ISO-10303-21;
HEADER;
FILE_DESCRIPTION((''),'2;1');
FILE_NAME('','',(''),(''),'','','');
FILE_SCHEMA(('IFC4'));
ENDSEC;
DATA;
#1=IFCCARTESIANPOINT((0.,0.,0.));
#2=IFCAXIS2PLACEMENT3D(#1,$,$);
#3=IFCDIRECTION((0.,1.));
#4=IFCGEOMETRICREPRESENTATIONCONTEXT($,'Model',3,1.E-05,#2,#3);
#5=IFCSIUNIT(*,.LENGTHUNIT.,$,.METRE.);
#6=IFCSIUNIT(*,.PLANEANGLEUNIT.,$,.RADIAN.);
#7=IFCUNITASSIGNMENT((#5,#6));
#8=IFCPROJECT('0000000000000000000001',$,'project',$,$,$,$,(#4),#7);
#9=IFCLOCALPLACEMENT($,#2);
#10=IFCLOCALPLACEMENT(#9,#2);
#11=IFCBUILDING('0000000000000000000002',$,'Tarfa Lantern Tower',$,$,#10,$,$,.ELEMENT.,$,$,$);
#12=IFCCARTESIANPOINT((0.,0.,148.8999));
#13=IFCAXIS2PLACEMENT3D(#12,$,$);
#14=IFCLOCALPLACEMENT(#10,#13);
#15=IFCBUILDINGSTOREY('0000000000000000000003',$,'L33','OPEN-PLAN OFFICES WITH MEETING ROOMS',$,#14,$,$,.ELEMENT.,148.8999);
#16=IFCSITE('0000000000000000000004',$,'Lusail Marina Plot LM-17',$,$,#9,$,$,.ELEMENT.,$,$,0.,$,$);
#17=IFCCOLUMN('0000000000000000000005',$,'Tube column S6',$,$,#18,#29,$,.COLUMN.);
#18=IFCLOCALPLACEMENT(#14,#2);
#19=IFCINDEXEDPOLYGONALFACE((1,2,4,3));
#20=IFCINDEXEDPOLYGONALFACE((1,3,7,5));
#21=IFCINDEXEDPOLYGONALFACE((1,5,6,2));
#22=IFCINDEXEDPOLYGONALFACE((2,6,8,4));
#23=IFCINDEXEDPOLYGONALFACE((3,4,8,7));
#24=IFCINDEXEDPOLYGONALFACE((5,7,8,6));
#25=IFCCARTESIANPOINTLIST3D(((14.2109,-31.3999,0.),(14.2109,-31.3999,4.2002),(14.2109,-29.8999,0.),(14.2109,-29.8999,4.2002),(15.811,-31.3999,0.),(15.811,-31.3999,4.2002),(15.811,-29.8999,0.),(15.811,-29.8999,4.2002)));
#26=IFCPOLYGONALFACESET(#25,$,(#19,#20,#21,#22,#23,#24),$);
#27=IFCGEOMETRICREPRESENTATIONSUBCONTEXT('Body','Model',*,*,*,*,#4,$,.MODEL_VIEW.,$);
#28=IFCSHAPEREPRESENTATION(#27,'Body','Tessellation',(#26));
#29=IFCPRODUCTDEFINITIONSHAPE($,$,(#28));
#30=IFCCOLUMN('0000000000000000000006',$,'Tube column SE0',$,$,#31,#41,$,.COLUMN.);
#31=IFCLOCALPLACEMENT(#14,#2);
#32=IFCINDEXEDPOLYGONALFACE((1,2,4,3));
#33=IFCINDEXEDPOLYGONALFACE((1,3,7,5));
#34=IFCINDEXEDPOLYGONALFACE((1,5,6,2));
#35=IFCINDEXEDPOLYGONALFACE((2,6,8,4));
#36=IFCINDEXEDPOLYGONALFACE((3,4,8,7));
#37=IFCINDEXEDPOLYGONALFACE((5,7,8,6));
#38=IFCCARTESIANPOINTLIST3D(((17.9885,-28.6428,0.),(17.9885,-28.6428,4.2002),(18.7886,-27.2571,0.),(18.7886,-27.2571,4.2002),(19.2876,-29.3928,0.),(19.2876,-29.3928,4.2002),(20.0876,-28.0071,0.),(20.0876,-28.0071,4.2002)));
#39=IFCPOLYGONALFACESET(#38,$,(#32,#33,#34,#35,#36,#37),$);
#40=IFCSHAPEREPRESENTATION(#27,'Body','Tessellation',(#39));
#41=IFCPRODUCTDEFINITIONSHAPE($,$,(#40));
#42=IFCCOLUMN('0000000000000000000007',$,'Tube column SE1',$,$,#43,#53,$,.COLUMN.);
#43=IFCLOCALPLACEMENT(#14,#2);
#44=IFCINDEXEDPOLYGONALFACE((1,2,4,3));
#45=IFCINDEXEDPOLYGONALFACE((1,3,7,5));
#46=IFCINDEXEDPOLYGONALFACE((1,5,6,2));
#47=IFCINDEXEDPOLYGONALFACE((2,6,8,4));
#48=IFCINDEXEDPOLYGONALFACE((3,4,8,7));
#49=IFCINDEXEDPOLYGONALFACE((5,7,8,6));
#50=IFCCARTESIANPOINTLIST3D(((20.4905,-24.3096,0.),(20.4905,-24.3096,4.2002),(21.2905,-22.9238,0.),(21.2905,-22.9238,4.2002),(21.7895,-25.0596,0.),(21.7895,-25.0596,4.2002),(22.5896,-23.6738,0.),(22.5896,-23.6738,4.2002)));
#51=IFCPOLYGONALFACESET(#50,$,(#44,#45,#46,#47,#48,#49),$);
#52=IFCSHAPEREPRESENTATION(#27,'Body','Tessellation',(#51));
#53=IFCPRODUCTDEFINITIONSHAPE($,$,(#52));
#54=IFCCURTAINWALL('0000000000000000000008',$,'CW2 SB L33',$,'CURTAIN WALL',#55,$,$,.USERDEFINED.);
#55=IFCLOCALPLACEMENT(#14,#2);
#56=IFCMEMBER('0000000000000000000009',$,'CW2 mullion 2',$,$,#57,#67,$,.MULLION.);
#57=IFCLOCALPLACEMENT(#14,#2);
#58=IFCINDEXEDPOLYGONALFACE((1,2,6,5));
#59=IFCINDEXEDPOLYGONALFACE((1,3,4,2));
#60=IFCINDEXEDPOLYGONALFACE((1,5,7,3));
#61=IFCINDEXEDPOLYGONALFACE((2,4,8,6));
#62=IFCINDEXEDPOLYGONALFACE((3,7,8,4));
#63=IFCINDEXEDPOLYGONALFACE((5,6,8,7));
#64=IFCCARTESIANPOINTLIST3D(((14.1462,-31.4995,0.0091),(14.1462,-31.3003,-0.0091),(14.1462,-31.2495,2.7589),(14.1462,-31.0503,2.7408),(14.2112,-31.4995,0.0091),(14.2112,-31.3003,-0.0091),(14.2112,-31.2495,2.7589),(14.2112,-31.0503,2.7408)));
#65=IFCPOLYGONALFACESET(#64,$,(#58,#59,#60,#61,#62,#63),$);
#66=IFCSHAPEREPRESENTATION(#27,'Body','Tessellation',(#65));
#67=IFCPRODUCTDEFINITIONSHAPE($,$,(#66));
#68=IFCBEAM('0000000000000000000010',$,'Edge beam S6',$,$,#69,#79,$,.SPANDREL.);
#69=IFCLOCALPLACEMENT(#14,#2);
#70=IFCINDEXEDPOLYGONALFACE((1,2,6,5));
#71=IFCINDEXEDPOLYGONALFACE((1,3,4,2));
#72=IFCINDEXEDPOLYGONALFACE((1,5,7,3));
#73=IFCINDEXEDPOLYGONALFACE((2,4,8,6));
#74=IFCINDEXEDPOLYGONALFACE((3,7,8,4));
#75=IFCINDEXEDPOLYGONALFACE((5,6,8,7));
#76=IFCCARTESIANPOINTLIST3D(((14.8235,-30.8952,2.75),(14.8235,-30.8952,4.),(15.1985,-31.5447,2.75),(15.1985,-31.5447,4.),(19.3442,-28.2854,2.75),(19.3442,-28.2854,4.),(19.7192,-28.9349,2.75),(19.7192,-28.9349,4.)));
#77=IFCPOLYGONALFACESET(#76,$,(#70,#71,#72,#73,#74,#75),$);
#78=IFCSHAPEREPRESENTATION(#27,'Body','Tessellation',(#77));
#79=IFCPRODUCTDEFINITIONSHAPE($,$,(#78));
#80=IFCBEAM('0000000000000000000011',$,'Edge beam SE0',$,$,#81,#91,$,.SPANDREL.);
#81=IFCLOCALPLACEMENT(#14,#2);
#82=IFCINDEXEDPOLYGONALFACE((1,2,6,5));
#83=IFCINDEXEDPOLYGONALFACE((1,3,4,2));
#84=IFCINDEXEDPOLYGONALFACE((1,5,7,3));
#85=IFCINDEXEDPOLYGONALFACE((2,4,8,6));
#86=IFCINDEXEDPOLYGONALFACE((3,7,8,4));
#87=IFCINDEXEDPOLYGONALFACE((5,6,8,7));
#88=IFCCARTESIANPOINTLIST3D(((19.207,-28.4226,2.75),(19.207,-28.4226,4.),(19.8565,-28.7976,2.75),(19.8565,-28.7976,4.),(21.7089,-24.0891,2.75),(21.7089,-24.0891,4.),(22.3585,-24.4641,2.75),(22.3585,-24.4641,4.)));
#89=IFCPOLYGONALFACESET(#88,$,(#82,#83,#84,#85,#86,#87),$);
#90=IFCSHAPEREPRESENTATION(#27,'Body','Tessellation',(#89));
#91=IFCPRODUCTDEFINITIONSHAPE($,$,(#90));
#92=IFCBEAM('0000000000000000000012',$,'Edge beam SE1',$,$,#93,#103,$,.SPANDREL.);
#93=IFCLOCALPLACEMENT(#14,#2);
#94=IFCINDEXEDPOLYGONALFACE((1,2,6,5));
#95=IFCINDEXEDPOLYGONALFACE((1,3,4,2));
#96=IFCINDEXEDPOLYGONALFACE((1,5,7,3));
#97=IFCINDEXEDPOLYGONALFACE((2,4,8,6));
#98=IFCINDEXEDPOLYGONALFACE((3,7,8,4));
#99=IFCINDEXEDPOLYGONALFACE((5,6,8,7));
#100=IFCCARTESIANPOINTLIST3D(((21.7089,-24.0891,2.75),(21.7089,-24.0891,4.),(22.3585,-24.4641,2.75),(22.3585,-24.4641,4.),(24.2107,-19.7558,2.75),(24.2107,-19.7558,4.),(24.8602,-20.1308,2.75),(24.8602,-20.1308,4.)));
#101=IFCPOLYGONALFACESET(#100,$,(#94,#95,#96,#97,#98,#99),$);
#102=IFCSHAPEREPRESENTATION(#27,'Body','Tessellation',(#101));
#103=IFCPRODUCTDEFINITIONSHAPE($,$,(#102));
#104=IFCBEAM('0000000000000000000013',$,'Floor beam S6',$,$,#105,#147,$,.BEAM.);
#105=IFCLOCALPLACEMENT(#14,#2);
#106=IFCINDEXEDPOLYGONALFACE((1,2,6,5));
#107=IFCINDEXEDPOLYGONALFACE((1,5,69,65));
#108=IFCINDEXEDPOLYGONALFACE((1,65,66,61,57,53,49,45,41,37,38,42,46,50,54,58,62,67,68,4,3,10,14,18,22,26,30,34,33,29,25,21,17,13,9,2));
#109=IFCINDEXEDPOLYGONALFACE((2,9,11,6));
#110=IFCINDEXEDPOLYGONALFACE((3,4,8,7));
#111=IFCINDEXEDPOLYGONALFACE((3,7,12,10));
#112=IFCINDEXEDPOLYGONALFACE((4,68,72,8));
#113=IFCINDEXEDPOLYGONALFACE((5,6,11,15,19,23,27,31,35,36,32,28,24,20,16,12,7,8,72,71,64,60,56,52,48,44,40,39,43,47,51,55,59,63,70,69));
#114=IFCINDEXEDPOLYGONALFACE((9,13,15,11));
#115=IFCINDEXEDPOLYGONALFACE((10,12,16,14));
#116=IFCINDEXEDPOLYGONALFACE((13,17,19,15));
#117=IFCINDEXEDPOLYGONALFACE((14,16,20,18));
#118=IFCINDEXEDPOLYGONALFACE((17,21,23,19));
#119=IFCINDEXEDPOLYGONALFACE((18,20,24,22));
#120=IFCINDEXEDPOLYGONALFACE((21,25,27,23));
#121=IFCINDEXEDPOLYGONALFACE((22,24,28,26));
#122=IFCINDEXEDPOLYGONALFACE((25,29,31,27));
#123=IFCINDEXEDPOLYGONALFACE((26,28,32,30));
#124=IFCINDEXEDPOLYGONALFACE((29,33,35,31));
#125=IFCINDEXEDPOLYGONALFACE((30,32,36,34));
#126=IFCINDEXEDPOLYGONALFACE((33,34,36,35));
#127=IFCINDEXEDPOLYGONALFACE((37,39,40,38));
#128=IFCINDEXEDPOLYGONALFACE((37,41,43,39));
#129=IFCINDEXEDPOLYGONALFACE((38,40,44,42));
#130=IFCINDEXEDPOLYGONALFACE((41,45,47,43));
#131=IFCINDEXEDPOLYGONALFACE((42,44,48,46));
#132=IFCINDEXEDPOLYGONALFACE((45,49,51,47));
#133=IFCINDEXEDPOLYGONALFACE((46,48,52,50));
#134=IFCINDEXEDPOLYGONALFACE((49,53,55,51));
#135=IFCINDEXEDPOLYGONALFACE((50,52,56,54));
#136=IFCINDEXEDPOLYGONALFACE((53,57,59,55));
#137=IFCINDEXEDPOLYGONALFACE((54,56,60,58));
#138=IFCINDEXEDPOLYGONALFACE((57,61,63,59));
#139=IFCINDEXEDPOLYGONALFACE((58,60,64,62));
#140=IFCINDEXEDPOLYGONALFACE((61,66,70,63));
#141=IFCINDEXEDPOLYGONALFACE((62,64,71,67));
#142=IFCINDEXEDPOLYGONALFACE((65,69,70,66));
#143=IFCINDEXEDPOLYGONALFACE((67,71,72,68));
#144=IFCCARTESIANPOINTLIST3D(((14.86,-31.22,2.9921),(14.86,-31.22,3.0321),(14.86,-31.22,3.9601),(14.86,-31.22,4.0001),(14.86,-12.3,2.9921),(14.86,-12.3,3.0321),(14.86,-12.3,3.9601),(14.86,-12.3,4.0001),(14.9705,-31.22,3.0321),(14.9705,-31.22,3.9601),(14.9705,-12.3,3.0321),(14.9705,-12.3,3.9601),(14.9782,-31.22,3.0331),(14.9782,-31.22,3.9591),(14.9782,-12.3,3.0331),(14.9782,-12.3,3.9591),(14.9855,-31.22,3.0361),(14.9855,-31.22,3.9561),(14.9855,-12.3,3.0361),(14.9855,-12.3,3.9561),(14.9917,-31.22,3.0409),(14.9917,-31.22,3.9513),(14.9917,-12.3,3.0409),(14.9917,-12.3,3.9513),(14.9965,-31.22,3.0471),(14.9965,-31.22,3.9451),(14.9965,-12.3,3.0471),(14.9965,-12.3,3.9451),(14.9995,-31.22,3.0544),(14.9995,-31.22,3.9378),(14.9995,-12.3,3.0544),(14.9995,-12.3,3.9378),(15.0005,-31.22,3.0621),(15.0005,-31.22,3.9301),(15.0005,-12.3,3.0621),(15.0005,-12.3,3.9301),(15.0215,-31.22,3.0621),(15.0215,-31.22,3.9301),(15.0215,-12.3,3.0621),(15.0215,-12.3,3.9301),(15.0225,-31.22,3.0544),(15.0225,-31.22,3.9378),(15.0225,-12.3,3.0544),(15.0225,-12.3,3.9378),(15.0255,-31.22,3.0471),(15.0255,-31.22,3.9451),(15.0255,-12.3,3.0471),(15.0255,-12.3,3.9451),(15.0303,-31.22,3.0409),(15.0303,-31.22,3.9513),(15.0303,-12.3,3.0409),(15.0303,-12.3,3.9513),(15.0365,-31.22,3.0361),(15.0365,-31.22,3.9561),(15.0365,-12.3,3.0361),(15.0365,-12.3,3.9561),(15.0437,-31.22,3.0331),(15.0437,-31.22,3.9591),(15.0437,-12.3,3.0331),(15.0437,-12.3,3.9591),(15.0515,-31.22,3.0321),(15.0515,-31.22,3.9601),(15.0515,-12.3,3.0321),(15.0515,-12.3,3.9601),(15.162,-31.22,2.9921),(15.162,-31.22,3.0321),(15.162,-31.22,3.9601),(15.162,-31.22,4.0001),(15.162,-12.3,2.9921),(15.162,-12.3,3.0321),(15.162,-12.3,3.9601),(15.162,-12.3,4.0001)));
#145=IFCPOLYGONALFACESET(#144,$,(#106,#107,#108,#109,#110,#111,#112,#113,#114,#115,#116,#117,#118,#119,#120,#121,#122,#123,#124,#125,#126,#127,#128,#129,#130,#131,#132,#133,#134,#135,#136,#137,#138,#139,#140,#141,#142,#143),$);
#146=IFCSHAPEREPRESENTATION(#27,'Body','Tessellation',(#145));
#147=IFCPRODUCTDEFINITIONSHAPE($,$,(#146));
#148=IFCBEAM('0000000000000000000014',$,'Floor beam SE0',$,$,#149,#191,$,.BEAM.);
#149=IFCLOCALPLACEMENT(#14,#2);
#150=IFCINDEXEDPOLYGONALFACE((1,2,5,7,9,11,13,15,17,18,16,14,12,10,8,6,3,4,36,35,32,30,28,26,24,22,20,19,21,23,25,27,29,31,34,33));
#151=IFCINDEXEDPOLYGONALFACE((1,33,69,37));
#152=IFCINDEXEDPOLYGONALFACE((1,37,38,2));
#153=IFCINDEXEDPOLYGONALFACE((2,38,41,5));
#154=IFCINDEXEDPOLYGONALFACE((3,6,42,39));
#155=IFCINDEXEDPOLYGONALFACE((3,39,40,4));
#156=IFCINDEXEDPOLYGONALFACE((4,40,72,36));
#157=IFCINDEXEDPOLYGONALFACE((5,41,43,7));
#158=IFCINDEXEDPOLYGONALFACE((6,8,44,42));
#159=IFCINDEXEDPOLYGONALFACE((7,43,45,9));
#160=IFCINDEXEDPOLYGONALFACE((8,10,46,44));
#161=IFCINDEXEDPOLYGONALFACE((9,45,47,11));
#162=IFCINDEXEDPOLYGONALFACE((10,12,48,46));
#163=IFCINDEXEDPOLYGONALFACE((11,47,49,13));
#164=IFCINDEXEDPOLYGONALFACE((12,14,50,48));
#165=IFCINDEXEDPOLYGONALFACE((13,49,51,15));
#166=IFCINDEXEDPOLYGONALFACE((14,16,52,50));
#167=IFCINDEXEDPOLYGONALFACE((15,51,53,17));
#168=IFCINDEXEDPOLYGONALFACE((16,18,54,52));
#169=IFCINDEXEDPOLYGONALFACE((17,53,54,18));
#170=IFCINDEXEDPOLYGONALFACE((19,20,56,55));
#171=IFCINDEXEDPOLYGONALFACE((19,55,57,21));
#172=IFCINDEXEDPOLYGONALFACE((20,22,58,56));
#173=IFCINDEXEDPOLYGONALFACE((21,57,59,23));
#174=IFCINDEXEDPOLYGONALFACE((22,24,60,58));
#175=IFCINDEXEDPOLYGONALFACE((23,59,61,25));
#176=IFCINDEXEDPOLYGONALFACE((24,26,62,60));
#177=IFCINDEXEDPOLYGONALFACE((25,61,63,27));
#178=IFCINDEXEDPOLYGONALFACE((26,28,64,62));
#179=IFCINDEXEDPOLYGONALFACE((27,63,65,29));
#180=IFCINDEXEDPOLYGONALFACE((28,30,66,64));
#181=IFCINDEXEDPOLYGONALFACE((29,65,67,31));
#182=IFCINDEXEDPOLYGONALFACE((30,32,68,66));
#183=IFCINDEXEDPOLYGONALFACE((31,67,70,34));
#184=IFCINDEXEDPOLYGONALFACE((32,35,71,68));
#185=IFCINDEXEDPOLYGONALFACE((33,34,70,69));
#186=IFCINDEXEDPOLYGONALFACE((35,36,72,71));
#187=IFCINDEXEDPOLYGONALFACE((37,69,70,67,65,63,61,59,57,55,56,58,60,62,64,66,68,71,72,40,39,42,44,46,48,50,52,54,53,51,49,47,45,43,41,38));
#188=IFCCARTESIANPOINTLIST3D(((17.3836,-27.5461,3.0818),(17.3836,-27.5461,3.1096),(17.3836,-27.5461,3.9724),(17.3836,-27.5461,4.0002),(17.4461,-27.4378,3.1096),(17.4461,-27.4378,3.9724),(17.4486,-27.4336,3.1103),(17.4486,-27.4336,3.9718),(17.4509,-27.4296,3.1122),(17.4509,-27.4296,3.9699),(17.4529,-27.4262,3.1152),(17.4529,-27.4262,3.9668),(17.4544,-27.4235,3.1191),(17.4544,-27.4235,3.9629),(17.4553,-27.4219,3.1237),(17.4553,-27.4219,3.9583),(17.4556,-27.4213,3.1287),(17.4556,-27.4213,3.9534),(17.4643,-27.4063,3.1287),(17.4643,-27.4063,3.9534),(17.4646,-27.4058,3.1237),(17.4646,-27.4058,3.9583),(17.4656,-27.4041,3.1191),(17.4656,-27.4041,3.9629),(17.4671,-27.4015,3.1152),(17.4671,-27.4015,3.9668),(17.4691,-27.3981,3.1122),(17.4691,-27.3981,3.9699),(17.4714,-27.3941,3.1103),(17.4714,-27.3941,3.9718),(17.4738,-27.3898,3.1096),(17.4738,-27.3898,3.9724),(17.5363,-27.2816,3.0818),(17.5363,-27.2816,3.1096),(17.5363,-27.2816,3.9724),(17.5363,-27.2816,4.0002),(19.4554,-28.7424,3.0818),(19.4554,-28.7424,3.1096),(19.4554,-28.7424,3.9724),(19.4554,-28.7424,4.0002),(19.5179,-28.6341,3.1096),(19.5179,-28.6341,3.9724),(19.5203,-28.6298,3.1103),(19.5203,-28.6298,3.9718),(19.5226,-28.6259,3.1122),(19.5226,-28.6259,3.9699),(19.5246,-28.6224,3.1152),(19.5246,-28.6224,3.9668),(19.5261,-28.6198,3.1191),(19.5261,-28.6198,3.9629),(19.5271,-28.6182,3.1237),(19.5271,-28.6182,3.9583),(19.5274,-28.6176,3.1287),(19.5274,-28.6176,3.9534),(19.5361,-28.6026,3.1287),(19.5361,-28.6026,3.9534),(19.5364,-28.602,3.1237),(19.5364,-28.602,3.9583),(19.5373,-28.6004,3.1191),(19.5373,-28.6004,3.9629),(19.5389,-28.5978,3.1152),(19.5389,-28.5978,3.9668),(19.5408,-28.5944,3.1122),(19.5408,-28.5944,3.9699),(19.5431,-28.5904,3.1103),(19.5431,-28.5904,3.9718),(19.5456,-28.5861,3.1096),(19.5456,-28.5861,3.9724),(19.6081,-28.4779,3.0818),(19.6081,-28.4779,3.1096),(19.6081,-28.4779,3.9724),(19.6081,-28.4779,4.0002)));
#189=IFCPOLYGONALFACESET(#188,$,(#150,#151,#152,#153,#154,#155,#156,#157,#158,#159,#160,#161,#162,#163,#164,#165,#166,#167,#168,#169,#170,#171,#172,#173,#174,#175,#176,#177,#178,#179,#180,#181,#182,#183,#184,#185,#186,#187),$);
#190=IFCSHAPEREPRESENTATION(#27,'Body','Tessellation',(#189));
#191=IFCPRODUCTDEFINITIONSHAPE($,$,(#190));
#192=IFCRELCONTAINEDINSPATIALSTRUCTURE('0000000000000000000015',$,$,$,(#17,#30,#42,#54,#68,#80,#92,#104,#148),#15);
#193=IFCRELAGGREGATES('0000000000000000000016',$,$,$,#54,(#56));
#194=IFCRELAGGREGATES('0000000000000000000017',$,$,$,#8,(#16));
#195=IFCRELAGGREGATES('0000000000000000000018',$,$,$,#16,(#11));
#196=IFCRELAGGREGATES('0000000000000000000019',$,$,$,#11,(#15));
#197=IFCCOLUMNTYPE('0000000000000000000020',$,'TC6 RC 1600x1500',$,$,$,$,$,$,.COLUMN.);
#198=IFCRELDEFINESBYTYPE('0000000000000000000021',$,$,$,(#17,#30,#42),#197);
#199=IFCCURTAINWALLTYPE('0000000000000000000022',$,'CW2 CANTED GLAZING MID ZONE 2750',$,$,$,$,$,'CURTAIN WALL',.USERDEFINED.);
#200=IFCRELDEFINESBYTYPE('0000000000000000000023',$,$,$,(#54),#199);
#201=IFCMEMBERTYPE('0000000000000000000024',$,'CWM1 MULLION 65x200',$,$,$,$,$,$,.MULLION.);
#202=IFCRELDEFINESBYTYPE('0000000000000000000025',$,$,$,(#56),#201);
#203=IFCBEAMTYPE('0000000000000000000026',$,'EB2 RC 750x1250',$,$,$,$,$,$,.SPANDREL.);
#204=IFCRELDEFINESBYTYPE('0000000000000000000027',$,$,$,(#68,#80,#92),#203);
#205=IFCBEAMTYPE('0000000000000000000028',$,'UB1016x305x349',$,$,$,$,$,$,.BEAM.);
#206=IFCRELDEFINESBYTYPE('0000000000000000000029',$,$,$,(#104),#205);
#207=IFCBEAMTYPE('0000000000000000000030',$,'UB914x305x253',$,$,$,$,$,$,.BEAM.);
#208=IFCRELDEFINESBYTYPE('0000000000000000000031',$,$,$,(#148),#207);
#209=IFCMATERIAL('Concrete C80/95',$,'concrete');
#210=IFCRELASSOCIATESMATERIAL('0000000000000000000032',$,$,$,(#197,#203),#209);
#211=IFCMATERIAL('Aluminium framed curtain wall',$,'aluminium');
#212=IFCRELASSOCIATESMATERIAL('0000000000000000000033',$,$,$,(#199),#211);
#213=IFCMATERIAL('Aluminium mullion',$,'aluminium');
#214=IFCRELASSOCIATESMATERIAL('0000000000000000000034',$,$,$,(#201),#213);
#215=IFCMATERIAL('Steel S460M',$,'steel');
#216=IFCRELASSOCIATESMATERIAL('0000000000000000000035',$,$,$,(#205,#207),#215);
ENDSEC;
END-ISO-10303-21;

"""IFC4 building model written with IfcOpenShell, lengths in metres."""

from ifc_helpers import new_model, si_unit, direction, frame, origin, origin_2d, place, context, subcontext, project, spatial, rectangle, i_section, extrude, material, material_profile, profile_set, type_object, element, aggregate, save


model = new_model("IFC4")

# Units and contexts
model_context = context("Model", 3, precision=1e-05, world=origin(), true_north=direction((0.0, 1.0)))
body_context = subcontext(model_context, "Body", "Model", "MODEL_VIEW")
ifc_project = project(units=[si_unit("LENGTHUNIT", "METRE"), si_unit("PLANEANGLEUNIT", "RADIAN")], contexts=[model_context])

# Site, building, storey
site_placement = place(None, origin())
site = spatial("IfcSite", under=ifc_project, at=site_placement, Name="Lusail Marina Plot LM-17", CompositionType="ELEMENT", RefElevation=0.0)
building_placement = place(site_placement, origin())
building = spatial("IfcBuilding", under=site, at=building_placement, Name="Tarfa Lantern Tower", CompositionType="ELEMENT")
storey_placement = place(building_placement, frame((0.0, 0.0, 148.8999)))
storey = spatial("IfcBuildingStorey", under=building, at=storey_placement, Name="L33", Description="OPEN-PLAN OFFICES WITH MEETING ROOMS", CompositionType="ELEMENT", Elevation=148.8999)

# Columns
ifc_material_1 = material(Name="Concrete C80/95", Category="concrete")
ifc_material_profile_1 = material_profile(ifc_material_1, rectangle(XDim=1.6001, YDim=1.5, at=origin_2d()), Name="RC 1600x1500")
ifc_profile_set_1 = profile_set([ifc_material_profile_1], Name="Concrete C80/95")
column_type = type_object("IfcColumnType", Name="TC6 RC 1600x1500", PredefinedType="COLUMN", material=ifc_profile_set_1)
for number, where, z_axis, x_axis, name in (
    (1, (15.011, -30.6499, 0.0), (0.0, 0.0, 1.0), (1.0, 0.0, 0.0), "Tube column S6"),
    (2, (19.0381, -28.325, 0.0), (0.0, 0.0, 1.0), (0.5, 0.866025, 0.0), "Tube column SE0"),
    (3, (21.54, -23.9917, 0.0), (0.0, 0.0, 1.0), (0.5, 0.866025, 0.0), "Tube column SE1"),
):
    element("IfcColumn", number, at=place(storey_placement, frame(where, z_axis=z_axis, x_axis=x_axis)), inside=storey, type_object=column_type, Name=name, PredefinedType="COLUMN", context=body_context, shape_type="SweptSolid", body=[
        extrude(rectangle(XDim=1.6001, YDim=1.5, at=origin_2d()), origin(), (0.0, 0.0, 1.0), 4.2002),
    ])

# Curtain wall, member
ifc_material_2 = material(Name="Aluminium framed curtain wall", Category="aluminium")
curtain_wall_type = type_object("IfcCurtainWallType", Name="CW2 CANTED GLAZING MID ZONE 2750", ElementType="CURTAIN WALL", PredefinedType="USERDEFINED", material=ifc_material_2)
curtain_wall_placement = place(storey_placement, origin())
curtain_wall = element("IfcCurtainWall", 4, at=curtain_wall_placement, inside=storey, type_object=curtain_wall_type, Name="CW2 SB L33", ObjectType="CURTAIN WALL", PredefinedType="USERDEFINED")
ifc_material_3 = material(Name="Aluminium mullion", Category="aluminium")
ifc_material_profile_2 = material_profile(ifc_material_3, rectangle(XDim=0.0649, YDim=0.2, at=origin_2d()), Name="AL MULLION 65x200")
ifc_profile_set_2 = profile_set([ifc_material_profile_2], Name="Aluminium mullion")
member_type = type_object("IfcMemberType", Name="CWM1 MULLION 65x200", PredefinedType="MULLION", material=ifc_profile_set_2)
member_placement = place(storey_placement, frame((14.1787, -31.3999, 0.0), z_axis=(0.0, 0.090536, 0.995893), x_axis=(-1.0, 0.0, 0.0)))
member = element("IfcMember", 5, at=member_placement, type_object=member_type, Name="CW2 mullion 2", PredefinedType="MULLION", context=body_context, shape_type="SweptSolid", body=[
    extrude(rectangle(XDim=0.0649, YDim=0.2, at=origin_2d()), origin(), (0.0, 0.0, 1.0), 2.7612),
])
aggregate(curtain_wall, [member])

# Beams
ifc_material_profile_3 = material_profile(ifc_material_1, rectangle(XDim=0.75, YDim=1.25, at=origin_2d()), Name="RC 750x1250")
ifc_profile_set_3 = profile_set([ifc_material_profile_3], Name="Concrete C80/95")
beam_type_1 = type_object("IfcBeamType", Name="EB2 RC 750x1250", PredefinedType="SPANDREL", material=ifc_profile_set_3)
beam_1_placement = place(storey_placement, frame((15.011, -31.22, 3.375), z_axis=(0.866042, 0.499972, 0.0), x_axis=(-0.499972, 0.866042, 0.0)))
element("IfcBeam", 6, at=beam_1_placement, inside=storey, type_object=beam_type_1, Name="Edge beam S6", PredefinedType="SPANDREL", context=body_context, shape_type="SweptSolid", body=[
    extrude(rectangle(XDim=0.75, YDim=1.25, at=origin_2d()), origin(), (0.0, 0.0, 1.0), 5.22),
])
beam_2_placement = place(storey_placement, frame((19.5317, -28.6101, 3.375), z_axis=(0.500001, 0.866025, 0.0), x_axis=(-0.866025, 0.500001, 0.0)))
element("IfcBeam", 7, at=beam_2_placement, inside=storey, type_object=beam_type_1, Name="Edge beam SE0", PredefinedType="SPANDREL", context=body_context, shape_type="SweptSolid", body=[
    extrude(rectangle(XDim=0.75, YDim=1.25, at=origin_2d()), origin(), (0.0, 0.0, 1.0), 5.0039),
])
beam_3_placement = place(storey_placement, frame((22.0337, -24.2766, 3.375), z_axis=(0.499986, 0.866034, 0.0), x_axis=(-0.866034, 0.499986, 0.0)))
element("IfcBeam", 8, at=beam_3_placement, inside=storey, type_object=beam_type_1, Name="Edge beam SE1", PredefinedType="SPANDREL", context=body_context, shape_type="SweptSolid", body=[
    extrude(rectangle(XDim=0.75, YDim=1.25, at=origin_2d()), origin(), (0.0, 0.0, 1.0), 5.0037),
])
ifc_material_4 = material(Name="Steel S460M", Category="steel")
ifc_material_profile_4 = material_profile(ifc_material_4, i_section(OverallWidth=0.302, OverallDepth=1.0081, WebThickness=0.021, FlangeThickness=0.04, FilletRadius=0.03, at=origin_2d()), Name="UB1016x305x349")
ifc_profile_set_4 = profile_set([ifc_material_profile_4], Name="Steel S460M")
beam_type_2 = type_object("IfcBeamType", Name="UB1016x305x349", PredefinedType="BEAM", material=ifc_profile_set_4)
beam_4_placement = place(storey_placement, frame((15.011, -31.22, 3.4961), z_axis=(0.0, 1.0, 0.0), x_axis=(-1.0, 0.0, 0.0)))
element("IfcBeam", 9, at=beam_4_placement, inside=storey, type_object=beam_type_2, Name="Floor beam S6", PredefinedType="BEAM", context=body_context, shape_type="SweptSolid", body=[
    extrude(i_section(OverallWidth=0.302, OverallDepth=1.0081, WebThickness=0.021, FlangeThickness=0.04, FilletRadius=0.03, at=origin_2d()), origin(), (0.0, 0.0, 1.0), 18.9199),
])
ifc_material_profile_5 = material_profile(ifc_material_4, i_section(OverallWidth=0.3054, OverallDepth=0.9185, WebThickness=0.0173, FlangeThickness=0.0278, FilletRadius=0.019, at=origin_2d()), Name="UB914x305x253")
ifc_profile_set_5 = profile_set([ifc_material_profile_5], Name="Steel S460M")
beam_type_3 = type_object("IfcBeamType", Name="UB914x305x253", PredefinedType="BEAM", material=ifc_profile_set_5)
beam_5_placement = place(storey_placement, frame((19.5317, -28.6101, 3.541), z_axis=(-0.865999, 0.500046, 0.0), x_axis=(-0.500046, -0.865999, 0.0)))
element("IfcBeam", 10, at=beam_5_placement, inside=storey, type_object=beam_type_3, Name="Floor beam SE0", PredefinedType="BEAM", context=body_context, shape_type="SweptSolid", body=[
    extrude(i_section(OverallWidth=0.3054, OverallDepth=0.9185, WebThickness=0.0173, FlangeThickness=0.0278, FilletRadius=0.019, at=origin_2d()), origin(), (0.0, 0.0, 1.0), 2.3923),
])

save(model, "model.ifc")
